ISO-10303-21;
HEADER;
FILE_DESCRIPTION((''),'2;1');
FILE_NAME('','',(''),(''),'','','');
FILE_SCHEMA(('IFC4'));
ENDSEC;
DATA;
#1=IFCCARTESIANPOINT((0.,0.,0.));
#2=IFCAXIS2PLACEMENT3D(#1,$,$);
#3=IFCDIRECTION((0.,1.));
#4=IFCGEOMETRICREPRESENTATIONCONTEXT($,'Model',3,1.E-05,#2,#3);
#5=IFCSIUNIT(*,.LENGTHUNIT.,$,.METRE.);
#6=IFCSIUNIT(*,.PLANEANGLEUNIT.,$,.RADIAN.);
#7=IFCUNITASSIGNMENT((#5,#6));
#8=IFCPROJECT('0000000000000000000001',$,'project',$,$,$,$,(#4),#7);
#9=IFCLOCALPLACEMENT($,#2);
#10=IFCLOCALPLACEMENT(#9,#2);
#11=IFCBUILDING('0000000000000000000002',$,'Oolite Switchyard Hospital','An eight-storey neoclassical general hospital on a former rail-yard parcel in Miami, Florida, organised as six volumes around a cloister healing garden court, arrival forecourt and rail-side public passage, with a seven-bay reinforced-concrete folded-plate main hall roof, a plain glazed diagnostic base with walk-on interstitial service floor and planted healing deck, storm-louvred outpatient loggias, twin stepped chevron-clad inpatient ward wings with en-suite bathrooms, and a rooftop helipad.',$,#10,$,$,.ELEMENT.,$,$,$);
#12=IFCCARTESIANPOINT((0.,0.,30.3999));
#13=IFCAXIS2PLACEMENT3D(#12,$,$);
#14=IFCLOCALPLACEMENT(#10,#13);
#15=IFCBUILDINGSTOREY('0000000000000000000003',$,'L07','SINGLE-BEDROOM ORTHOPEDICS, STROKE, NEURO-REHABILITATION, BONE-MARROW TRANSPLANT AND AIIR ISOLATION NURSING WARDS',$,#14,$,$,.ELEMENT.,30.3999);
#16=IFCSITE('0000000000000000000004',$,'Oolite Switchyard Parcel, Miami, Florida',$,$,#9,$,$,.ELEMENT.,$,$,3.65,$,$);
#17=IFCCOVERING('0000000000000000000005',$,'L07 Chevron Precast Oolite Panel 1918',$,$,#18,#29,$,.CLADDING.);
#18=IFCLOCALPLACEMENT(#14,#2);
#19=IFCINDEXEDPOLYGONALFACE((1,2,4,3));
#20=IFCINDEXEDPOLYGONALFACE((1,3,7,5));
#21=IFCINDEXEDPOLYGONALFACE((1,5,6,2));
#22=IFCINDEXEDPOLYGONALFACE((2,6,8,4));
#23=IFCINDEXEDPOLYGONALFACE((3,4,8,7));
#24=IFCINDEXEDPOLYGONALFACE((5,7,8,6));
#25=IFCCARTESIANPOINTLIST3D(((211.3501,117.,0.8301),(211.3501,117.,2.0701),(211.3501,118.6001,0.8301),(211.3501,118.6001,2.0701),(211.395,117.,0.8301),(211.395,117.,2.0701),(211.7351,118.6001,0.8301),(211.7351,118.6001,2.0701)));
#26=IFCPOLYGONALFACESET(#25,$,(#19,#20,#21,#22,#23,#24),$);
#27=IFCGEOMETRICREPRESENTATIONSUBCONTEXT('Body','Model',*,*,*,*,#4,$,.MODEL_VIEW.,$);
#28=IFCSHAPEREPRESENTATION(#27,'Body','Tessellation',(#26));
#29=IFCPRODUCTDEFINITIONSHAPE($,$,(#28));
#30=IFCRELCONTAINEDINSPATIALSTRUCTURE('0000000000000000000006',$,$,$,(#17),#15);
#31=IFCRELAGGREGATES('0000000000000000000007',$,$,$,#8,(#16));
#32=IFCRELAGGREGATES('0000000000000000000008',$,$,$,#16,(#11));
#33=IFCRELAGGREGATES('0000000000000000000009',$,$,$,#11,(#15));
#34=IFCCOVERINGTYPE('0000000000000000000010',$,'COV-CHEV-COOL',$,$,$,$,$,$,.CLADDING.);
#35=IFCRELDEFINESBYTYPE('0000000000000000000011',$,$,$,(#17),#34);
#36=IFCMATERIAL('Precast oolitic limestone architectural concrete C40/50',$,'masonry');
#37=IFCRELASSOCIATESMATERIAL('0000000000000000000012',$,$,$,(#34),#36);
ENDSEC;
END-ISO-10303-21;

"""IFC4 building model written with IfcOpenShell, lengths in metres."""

from ifc_helpers import new_model, si_unit, direction, frame, origin, place, context, subcontext, project, spatial, polyline, outline, extrude, material, type_object, element, save


model = new_model("IFC4")

# Units and contexts
model_context = context("Model", 3, precision=1e-05, world=origin(), true_north=direction((0.0, 1.0)))
body_context = subcontext(model_context, "Body", "Model", "MODEL_VIEW")
ifc_project = project(units=[si_unit("LENGTHUNIT", "METRE"), si_unit("PLANEANGLEUNIT", "RADIAN")], contexts=[model_context])

# Site, building, storey
site_placement = place(None, origin())
site = spatial("IfcSite", under=ifc_project, at=site_placement, Name="Oolite Switchyard Parcel, Miami, Florida", CompositionType="ELEMENT", RefElevation=3.65)
building_placement = place(site_placement, origin())
building = spatial("IfcBuilding", under=site, at=building_placement, Name="Oolite Switchyard Hospital", Description="An eight-storey neoclassical general hospital on a former rail-yard parcel in Miami, Florida, organised as six volumes around a cloister healing garden court, arrival forecourt and rail-side public passage, with a seven-bay reinforced-concrete folded-plate main hall roof, a plain glazed diagnostic base with walk-on interstitial service floor and planted healing deck, storm-louvred outpatient loggias, twin stepped chevron-clad inpatient ward wings with en-suite bathrooms, and a rooftop helipad.", CompositionType="ELEMENT")
storey_placement = place(building_placement, frame((0.0, 0.0, 30.3999)))
storey = spatial("IfcBuildingStorey", under=building, at=storey_placement, Name="L07", Description="SINGLE-BEDROOM ORTHOPEDICS, STROKE, NEURO-REHABILITATION, BONE-MARROW TRANSPLANT AND AIIR ISOLATION NURSING WARDS", CompositionType="ELEMENT", Elevation=30.3999)

# Shared definitions
ifc_material_1 = material(Name="Precast oolitic limestone architectural concrete C40/50", Category="masonry")

# Covering
covering_type = type_object("IfcCoveringType", Name="COV-CHEV-COOL", PredefinedType="CLADDING", material=ifc_material_1)
covering_1_placement = place(storey_placement, frame((211.3501, 118.6001, 0.8301), z_axis=(0.0, 0.0, 1.0), x_axis=(0.0, -1.0, 0.0)))
element("IfcCovering", 1, at=covering_1_placement, inside=storey, type_object=covering_type, Name="L07 Chevron Precast Oolite Panel 1918", PredefinedType="CLADDING", context=body_context, shape_type="SweptSolid", body=[
    extrude(outline(polyline([(0.0, 0.0), (1.6001, 0.0), (1.6001, 0.0449), (0.0, 0.385), (0.0, 0.0)])), origin(), (0.0, 0.0, 1.0), 1.24),
])

save(model, "model.ifc")
